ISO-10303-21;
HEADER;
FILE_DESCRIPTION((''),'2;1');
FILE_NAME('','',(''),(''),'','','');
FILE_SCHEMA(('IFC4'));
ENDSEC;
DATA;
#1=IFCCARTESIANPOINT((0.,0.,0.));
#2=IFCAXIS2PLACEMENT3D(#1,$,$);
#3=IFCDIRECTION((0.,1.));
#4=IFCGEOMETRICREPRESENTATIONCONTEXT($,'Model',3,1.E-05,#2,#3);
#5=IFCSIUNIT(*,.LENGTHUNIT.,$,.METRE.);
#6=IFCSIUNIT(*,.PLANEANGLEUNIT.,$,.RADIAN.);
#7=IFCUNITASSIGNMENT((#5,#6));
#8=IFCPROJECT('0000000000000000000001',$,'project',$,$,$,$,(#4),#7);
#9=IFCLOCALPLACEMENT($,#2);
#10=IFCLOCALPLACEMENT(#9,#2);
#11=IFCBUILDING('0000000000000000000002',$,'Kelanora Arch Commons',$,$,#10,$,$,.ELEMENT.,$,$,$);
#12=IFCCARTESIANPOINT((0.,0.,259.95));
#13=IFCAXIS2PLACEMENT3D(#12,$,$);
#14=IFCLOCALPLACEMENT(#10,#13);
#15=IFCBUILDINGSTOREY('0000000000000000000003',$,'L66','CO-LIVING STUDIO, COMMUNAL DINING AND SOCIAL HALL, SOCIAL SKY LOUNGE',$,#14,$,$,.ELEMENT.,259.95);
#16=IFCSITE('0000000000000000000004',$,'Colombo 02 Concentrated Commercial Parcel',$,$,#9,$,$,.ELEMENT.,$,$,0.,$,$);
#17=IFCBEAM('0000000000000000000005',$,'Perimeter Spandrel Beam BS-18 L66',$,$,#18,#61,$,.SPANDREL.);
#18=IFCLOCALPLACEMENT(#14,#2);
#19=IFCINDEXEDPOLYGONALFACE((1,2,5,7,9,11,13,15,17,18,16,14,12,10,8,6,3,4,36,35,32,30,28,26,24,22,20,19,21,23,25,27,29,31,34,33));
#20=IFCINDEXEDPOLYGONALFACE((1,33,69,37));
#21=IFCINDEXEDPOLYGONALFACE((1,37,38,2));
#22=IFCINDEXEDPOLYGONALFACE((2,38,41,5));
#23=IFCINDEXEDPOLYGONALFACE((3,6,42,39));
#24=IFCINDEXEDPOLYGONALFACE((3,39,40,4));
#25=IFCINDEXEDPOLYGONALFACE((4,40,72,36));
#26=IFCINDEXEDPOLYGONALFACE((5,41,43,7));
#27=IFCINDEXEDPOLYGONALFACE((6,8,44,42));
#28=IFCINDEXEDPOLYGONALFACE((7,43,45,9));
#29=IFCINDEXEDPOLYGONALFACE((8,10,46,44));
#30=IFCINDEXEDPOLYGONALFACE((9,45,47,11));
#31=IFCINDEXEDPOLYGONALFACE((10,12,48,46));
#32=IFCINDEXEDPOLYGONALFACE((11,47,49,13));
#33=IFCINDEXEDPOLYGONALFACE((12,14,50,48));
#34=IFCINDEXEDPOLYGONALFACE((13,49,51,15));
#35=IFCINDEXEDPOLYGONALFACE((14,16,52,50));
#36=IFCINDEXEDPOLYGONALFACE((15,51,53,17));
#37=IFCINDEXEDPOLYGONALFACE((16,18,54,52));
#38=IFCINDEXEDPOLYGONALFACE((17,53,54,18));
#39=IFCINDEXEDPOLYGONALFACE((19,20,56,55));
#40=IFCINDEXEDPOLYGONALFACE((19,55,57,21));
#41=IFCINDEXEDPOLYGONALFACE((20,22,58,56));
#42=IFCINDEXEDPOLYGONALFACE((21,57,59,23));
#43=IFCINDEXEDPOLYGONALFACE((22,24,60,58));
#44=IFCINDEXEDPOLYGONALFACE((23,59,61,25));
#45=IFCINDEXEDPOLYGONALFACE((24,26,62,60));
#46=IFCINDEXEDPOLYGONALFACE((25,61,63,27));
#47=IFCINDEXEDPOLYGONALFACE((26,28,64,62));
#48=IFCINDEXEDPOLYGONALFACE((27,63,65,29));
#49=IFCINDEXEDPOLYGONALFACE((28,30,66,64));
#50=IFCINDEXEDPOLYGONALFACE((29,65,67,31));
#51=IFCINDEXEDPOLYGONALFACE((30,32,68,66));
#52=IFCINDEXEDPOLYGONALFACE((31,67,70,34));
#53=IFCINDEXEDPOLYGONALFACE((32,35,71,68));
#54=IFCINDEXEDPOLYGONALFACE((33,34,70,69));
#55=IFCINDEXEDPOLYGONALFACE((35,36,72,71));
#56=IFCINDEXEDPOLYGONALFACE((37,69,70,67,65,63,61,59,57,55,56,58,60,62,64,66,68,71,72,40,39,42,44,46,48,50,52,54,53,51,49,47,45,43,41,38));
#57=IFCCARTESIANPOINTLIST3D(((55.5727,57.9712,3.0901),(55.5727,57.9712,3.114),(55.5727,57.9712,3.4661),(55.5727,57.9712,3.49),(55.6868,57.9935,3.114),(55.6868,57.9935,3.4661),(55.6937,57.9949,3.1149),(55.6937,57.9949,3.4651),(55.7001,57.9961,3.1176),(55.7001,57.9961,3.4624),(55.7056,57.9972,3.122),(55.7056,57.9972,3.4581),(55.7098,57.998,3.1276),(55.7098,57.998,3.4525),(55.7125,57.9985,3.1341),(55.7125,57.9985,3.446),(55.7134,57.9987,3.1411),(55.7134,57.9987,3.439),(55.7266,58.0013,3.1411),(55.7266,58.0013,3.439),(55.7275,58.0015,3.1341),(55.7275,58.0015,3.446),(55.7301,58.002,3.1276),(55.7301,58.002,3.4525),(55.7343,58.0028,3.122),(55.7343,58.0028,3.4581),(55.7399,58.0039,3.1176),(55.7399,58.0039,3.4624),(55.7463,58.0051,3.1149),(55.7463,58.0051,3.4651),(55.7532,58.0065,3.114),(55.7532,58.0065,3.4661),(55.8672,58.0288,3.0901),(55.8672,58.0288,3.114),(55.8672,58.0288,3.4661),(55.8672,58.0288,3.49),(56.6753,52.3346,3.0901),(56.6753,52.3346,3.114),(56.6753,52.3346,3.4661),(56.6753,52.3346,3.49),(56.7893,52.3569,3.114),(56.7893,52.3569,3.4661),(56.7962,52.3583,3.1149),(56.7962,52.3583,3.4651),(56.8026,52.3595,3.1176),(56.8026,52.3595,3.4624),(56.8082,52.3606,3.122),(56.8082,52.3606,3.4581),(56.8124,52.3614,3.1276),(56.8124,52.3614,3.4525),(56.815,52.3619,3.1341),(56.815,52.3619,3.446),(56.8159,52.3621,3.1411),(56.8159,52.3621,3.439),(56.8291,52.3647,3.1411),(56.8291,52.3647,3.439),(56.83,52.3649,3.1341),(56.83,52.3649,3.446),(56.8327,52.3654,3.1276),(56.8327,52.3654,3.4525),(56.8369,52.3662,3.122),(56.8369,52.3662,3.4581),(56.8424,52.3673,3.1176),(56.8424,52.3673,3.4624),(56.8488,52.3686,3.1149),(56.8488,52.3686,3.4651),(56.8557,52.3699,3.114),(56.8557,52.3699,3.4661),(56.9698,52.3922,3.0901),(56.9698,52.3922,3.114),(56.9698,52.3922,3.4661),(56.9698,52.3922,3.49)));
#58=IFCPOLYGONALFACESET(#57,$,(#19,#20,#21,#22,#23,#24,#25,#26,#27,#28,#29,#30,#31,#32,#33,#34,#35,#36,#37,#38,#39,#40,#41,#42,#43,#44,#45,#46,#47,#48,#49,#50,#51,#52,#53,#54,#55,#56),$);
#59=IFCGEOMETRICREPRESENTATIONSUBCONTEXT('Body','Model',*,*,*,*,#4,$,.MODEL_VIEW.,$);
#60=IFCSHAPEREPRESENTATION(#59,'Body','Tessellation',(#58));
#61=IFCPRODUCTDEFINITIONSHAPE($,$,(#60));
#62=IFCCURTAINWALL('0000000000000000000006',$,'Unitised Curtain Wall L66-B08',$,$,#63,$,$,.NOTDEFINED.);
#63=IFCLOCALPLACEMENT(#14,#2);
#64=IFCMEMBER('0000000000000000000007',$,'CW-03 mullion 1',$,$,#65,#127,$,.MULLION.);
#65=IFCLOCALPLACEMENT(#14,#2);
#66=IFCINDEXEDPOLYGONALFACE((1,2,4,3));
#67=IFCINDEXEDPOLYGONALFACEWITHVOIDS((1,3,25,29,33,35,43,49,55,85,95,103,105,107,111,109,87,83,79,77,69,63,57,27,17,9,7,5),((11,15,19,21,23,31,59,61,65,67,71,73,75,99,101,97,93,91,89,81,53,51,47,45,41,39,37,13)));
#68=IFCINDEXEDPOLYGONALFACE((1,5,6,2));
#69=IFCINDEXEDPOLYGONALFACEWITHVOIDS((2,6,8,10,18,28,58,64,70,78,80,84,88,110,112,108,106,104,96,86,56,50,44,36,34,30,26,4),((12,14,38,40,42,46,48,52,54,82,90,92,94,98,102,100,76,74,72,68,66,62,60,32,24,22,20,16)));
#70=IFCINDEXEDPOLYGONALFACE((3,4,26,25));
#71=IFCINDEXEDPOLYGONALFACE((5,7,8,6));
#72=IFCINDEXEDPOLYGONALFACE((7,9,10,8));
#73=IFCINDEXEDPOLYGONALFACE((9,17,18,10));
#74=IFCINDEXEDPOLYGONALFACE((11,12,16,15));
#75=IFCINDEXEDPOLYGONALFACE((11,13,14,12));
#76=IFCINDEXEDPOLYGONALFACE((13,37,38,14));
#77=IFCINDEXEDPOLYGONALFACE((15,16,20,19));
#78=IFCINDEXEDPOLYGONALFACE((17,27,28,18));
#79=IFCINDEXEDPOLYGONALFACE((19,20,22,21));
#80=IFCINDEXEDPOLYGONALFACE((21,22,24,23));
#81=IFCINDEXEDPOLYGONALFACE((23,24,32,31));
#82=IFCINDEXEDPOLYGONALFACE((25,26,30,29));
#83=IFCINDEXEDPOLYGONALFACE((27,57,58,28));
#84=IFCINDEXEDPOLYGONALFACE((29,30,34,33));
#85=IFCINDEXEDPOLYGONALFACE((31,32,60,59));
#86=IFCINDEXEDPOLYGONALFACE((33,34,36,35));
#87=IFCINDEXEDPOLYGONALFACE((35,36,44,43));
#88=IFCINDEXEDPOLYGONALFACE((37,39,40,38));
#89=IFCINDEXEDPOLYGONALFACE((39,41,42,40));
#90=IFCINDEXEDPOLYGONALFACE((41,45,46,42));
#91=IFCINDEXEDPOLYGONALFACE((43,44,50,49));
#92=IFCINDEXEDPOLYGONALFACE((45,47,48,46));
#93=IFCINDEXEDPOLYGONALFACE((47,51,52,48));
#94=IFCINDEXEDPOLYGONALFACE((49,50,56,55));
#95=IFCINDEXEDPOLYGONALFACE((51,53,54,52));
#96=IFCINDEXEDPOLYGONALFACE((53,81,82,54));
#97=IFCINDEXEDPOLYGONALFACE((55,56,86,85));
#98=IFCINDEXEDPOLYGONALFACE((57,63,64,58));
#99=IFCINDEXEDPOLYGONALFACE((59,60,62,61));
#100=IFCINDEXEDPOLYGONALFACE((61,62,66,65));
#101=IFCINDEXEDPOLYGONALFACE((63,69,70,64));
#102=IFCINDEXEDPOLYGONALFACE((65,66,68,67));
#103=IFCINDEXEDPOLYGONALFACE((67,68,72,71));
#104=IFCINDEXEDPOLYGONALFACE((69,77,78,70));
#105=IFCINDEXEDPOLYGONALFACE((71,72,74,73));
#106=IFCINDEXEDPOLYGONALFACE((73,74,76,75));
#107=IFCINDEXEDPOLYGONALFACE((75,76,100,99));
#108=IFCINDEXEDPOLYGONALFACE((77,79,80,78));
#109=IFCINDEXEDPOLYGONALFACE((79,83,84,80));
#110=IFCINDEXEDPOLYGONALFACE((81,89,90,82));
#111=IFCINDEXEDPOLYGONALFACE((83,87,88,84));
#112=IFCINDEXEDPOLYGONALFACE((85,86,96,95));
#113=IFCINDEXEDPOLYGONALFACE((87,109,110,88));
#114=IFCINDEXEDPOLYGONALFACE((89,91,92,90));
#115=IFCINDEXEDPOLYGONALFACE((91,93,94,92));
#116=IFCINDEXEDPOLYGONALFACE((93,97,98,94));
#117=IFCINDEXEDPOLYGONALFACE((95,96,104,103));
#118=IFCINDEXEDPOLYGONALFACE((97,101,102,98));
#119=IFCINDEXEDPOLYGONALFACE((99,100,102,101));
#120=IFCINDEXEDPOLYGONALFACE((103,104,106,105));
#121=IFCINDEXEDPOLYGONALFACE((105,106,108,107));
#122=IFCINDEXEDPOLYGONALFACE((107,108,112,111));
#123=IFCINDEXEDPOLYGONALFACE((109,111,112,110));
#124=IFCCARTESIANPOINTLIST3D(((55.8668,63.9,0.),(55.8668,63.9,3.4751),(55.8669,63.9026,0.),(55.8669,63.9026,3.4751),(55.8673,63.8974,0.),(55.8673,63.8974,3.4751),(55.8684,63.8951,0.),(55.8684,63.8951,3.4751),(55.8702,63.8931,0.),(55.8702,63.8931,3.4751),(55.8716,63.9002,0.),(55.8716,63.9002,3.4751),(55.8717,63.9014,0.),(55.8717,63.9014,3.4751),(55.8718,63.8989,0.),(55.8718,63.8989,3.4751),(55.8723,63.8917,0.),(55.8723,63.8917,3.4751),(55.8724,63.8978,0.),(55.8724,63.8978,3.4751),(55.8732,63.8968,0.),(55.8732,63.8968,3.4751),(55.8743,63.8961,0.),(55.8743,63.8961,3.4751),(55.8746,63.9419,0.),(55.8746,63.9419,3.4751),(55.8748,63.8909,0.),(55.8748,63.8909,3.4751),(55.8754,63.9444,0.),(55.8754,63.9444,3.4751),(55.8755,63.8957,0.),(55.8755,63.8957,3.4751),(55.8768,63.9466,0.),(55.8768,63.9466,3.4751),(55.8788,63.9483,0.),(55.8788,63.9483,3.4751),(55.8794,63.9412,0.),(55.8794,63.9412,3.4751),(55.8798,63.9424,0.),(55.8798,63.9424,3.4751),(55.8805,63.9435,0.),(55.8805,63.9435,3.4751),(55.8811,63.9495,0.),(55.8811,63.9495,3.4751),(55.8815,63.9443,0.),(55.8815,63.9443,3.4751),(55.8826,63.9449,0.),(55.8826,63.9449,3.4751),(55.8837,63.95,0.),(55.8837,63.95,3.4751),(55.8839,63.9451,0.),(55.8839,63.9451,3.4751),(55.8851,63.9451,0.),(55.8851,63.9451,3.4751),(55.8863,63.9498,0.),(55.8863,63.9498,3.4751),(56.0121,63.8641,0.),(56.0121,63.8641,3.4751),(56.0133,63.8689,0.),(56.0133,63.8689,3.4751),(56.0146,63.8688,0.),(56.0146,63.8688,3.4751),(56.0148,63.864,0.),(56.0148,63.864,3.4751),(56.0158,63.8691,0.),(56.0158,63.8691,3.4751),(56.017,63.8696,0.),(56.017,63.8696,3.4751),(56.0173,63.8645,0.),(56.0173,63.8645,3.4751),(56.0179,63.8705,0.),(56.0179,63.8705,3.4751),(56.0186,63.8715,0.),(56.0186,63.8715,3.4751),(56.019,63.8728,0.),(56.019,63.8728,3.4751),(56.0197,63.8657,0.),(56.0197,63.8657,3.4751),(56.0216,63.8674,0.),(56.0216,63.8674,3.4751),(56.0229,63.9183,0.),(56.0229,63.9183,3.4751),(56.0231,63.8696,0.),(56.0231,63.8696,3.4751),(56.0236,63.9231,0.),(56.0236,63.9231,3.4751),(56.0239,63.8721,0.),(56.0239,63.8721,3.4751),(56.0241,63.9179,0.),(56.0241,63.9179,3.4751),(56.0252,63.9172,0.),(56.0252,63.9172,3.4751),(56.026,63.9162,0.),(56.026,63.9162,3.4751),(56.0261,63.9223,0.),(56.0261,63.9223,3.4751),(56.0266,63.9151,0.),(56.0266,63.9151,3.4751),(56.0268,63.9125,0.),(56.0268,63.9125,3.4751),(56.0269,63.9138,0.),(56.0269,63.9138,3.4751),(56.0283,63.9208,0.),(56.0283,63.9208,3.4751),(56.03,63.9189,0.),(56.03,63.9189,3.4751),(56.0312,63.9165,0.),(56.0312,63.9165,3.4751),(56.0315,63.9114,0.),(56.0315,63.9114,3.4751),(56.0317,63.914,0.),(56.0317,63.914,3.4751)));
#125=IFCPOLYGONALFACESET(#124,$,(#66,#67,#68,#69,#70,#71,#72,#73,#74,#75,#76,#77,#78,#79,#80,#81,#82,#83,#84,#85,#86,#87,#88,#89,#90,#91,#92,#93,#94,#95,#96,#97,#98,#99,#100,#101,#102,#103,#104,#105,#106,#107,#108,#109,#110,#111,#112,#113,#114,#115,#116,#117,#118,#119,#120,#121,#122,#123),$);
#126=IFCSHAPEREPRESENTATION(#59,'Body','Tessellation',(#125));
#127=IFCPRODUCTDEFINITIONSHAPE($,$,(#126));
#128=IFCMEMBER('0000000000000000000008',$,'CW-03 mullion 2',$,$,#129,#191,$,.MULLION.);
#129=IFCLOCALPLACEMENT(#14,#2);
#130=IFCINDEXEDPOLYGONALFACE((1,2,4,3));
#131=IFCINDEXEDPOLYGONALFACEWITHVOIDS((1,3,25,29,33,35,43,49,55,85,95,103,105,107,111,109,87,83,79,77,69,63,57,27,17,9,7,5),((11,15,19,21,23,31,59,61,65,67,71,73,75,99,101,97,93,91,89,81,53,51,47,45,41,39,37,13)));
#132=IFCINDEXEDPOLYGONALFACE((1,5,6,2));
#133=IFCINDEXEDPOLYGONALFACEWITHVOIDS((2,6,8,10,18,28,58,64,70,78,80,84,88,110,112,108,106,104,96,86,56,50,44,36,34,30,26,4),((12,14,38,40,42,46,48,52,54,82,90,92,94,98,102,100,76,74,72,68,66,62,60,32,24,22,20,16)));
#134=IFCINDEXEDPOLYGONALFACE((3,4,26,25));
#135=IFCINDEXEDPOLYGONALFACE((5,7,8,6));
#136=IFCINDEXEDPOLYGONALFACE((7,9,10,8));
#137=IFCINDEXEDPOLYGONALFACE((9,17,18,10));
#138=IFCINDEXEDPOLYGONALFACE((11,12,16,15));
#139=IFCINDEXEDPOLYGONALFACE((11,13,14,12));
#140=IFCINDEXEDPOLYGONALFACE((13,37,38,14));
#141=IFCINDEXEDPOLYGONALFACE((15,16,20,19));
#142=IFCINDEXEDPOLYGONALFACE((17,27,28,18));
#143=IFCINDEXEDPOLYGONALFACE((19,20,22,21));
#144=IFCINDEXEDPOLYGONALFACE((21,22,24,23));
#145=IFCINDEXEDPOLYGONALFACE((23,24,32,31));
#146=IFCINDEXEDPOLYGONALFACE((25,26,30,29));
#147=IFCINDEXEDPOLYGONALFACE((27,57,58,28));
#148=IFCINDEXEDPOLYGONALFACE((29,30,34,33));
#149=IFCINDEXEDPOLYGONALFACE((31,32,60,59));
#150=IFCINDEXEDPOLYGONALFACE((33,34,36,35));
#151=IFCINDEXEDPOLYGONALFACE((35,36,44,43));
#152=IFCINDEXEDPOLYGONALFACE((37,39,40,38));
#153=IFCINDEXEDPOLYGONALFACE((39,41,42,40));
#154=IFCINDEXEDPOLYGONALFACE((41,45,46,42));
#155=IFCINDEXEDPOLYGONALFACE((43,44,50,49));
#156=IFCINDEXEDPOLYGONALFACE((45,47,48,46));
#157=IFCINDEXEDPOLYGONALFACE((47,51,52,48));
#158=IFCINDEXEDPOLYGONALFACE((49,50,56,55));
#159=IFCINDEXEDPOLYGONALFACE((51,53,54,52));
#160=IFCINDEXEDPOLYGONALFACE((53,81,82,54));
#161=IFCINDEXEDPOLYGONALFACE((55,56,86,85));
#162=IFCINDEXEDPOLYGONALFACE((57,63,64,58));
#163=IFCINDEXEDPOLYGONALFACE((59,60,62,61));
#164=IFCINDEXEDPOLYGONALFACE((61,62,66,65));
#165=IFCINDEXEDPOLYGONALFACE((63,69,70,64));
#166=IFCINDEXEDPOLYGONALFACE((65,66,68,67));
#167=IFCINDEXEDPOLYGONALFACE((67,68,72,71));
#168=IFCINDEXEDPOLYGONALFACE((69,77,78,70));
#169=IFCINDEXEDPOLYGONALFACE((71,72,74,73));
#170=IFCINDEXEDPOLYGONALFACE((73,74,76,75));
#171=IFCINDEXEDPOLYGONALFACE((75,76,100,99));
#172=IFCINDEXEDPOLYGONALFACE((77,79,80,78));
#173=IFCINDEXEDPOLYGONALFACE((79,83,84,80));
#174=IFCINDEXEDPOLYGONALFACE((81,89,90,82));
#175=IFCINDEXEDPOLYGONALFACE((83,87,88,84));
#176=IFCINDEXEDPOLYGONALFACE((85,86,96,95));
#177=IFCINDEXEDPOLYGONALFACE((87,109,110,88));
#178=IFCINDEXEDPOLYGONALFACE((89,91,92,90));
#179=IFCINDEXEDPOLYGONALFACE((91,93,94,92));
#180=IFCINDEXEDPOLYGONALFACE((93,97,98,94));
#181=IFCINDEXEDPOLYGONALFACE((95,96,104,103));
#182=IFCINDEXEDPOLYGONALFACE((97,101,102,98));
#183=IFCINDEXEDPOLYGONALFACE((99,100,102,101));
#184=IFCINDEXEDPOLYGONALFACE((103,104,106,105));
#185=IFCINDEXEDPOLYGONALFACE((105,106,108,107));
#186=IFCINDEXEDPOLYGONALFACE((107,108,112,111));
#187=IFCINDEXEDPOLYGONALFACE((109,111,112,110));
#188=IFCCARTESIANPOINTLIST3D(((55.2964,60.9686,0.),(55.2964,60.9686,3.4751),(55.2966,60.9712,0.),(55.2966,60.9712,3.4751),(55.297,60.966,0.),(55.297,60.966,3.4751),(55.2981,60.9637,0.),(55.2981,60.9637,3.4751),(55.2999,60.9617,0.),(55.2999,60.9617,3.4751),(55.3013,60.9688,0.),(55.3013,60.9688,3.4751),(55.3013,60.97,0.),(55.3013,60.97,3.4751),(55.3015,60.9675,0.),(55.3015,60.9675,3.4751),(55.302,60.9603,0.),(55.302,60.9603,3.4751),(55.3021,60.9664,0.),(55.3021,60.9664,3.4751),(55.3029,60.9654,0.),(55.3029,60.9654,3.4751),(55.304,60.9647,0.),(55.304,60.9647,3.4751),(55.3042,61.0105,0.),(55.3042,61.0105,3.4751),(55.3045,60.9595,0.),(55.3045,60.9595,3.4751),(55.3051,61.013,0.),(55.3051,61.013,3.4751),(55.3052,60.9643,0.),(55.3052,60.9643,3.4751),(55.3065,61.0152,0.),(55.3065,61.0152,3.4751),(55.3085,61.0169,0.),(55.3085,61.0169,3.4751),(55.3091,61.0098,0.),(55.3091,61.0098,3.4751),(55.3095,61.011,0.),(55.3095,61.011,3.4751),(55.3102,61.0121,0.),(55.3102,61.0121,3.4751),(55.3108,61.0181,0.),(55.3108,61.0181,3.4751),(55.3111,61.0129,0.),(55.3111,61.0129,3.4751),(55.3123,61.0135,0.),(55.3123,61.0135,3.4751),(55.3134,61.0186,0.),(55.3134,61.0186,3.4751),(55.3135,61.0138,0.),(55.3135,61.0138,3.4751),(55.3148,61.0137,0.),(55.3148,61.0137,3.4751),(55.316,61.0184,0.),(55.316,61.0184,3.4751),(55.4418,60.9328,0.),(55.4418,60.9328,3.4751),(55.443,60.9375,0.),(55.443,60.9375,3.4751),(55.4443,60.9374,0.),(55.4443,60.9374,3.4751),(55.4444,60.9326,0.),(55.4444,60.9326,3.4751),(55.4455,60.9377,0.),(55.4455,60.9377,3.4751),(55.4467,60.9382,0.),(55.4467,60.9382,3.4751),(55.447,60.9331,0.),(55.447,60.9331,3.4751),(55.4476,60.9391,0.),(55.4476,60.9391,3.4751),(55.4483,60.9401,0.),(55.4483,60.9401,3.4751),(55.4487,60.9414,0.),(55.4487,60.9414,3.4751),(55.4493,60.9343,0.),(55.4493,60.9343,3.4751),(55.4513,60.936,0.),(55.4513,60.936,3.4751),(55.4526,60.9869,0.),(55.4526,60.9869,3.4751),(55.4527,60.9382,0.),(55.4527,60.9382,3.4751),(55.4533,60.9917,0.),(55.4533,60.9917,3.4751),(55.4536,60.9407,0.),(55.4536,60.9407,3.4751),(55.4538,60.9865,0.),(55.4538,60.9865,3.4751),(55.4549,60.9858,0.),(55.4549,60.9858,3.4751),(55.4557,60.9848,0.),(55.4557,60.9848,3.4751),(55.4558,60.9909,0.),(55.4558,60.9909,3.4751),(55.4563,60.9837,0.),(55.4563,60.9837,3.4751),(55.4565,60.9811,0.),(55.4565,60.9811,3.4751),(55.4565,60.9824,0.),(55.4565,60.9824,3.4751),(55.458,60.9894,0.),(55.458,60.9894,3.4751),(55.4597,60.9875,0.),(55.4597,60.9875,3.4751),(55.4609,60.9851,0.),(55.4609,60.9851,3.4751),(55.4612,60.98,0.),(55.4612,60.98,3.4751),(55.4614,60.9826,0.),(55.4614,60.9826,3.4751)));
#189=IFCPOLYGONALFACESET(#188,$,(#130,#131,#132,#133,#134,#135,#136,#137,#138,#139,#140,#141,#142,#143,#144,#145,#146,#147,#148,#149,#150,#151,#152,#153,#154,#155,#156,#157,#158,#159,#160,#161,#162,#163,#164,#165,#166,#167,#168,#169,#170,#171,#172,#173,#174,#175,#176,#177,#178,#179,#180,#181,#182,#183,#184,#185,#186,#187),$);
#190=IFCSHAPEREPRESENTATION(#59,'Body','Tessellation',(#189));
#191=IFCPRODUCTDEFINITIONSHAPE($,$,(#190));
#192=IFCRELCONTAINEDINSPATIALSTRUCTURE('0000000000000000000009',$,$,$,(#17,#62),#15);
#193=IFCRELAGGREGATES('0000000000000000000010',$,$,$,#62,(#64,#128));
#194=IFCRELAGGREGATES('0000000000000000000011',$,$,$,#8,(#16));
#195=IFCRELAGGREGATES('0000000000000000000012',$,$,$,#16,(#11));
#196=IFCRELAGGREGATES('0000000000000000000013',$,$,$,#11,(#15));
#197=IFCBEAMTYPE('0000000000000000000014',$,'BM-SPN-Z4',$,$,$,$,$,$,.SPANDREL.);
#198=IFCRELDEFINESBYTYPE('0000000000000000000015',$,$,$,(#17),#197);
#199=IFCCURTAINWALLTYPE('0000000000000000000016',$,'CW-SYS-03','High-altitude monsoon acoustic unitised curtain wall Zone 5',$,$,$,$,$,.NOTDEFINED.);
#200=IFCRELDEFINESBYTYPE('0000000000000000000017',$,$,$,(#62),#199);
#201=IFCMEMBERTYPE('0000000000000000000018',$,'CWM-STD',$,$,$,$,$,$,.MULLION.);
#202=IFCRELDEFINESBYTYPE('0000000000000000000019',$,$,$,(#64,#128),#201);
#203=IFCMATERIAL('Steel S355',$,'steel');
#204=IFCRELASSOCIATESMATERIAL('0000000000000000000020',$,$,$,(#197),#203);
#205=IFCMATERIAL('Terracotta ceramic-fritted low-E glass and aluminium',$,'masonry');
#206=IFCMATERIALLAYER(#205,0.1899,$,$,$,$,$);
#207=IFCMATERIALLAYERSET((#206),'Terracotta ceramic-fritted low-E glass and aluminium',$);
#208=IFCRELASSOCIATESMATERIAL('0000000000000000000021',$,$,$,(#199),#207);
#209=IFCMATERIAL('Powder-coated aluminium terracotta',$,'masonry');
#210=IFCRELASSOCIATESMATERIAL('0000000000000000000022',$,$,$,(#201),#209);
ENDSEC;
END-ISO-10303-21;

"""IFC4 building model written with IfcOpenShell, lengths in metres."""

from ifc_helpers import new_model, si_unit, direction, frame, origin, origin_2d, place, context, subcontext, project, spatial, hollow_rectangle, i_section, extrude, material, layer, layer_set, material_profile, profile_set, type_object, element, aggregate, save


model = new_model("IFC4")

# Units and contexts
model_context = context("Model", 3, precision=1e-05, world=origin(), true_north=direction((0.0, 1.0)))
body_context = subcontext(model_context, "Body", "Model", "MODEL_VIEW")
ifc_project = project(units=[si_unit("LENGTHUNIT", "METRE"), si_unit("PLANEANGLEUNIT", "RADIAN")], contexts=[model_context])

# Site, building, storey
site_placement = place(None, origin())
site = spatial("IfcSite", under=ifc_project, at=site_placement, Name="Colombo 02 Concentrated Commercial Parcel", CompositionType="ELEMENT", RefElevation=0.0)
building_placement = place(site_placement, origin())
building = spatial("IfcBuilding", under=site, at=building_placement, Name="Kelanora Arch Commons", CompositionType="ELEMENT")
storey_placement = place(building_placement, frame((0.0, 0.0, 259.95)))
storey = spatial("IfcBuildingStorey", under=building, at=storey_placement, Name="L66", Description="CO-LIVING STUDIO, COMMUNAL DINING AND SOCIAL HALL, SOCIAL SKY LOUNGE", CompositionType="ELEMENT", Elevation=259.95)

# Beam
ifc_material_1 = material(Name="Steel S355", Category="steel")
ifc_material_profile_1 = material_profile(ifc_material_1, i_section(OverallWidth=0.3, OverallDepth=0.3999, WebThickness=0.0134, FlangeThickness=0.0239, FilletRadius=0.0271, at=origin_2d()), Name="HEB400")
ifc_profile_set_1 = profile_set([ifc_material_profile_1], Name="Steel S355")
beam_type_1 = type_object("IfcBeamType", Name="BM-SPN-Z4", PredefinedType="SPANDREL", material=ifc_profile_set_1)
for number, where, z_axis, x_axis, name in (
    (1, (55.72, 58.0, 3.29), (0.19197, -0.981401, 0.0), (0.981401, 0.19197, 0.0), "Perimeter Spandrel Beam BS-18 L66"),
):
    element("IfcBeam", number, at=place(storey_placement, frame(where, z_axis=z_axis, x_axis=x_axis)), inside=storey, type_object=beam_type_1, Name=name, PredefinedType="SPANDREL", context=body_context, shape_type="SweptSolid", body=[
        extrude(i_section(OverallWidth=0.3, OverallDepth=0.3999, WebThickness=0.0134, FlangeThickness=0.0239, FilletRadius=0.0271, at=origin_2d()), origin(), (0.0, 0.0, 1.0), 5.7434),
    ])

# Curtain wall, members
ifc_material_2 = material(Name="Terracotta ceramic-fritted low-E glass and aluminium", Category="masonry")
ifc_layer_1 = layer(ifc_material_2, 0.1899)
ifc_layer_set_1 = layer_set([ifc_layer_1], Name="Terracotta ceramic-fritted low-E glass and aluminium")
curtain_wall_type = type_object("IfcCurtainWallType", Name="CW-SYS-03", Description="High-altitude monsoon acoustic unitised curtain wall Zone 5", PredefinedType="NOTDEFINED", material=ifc_layer_set_1)
curtain_wall_placement = place(storey_placement, origin())
curtain_wall = element("IfcCurtainWall", 2, at=curtain_wall_placement, inside=storey, type_object=curtain_wall_type, Name="Unitised Curtain Wall L66-B08", PredefinedType="NOTDEFINED")
ifc_material_3 = material(Name="Powder-coated aluminium terracotta", Category="masonry")
ifc_material_profile_2 = material_profile(ifc_material_3, hollow_rectangle(XDim=0.1599, YDim=0.0601, WallThickness=0.0049, InnerFilletRadius=0.0049, OuterFilletRadius=0.01, at=origin_2d()), Name="CWM160x60")
ifc_profile_set_2 = profile_set([ifc_material_profile_2], Name="Powder-coated aluminium terracotta")
member_type_1 = type_object("IfcMemberType", Name="CWM-STD", PredefinedType="MULLION", material=ifc_profile_set_2)
member_1_placement = place(storey_placement, frame((55.9492, 63.907, 0.0), z_axis=(0.0, 0.0, 1.0), x_axis=(0.981596, -0.190972, 0.0)))
member_1 = element("IfcMember", 3, at=member_1_placement, type_object=member_type_1, Name="CW-03 mullion 1", PredefinedType="MULLION", context=body_context, shape_type="SweptSolid", body=[
    extrude(hollow_rectangle(XDim=0.1599, YDim=0.0601, WallThickness=0.0049, InnerFilletRadius=0.0049, OuterFilletRadius=0.01, at=origin_2d()), origin(), (0.0, 0.0, 1.0), 3.4751),
])
member_2_placement = place(storey_placement, frame((55.3789, 60.9756, 0.0), z_axis=(0.0, 0.0, 1.0), x_axis=(0.981596, -0.190972, 0.0)))
member_2 = element("IfcMember", 4, at=member_2_placement, type_object=member_type_1, Name="CW-03 mullion 2", PredefinedType="MULLION", context=body_context, shape_type="SweptSolid", body=[
    extrude(hollow_rectangle(XDim=0.1599, YDim=0.0601, WallThickness=0.0049, InnerFilletRadius=0.0049, OuterFilletRadius=0.01, at=origin_2d()), origin(), (0.0, 0.0, 1.0), 3.4751),
])
aggregate(curtain_wall, [member_1, member_2])

save(model, "model.ifc")
